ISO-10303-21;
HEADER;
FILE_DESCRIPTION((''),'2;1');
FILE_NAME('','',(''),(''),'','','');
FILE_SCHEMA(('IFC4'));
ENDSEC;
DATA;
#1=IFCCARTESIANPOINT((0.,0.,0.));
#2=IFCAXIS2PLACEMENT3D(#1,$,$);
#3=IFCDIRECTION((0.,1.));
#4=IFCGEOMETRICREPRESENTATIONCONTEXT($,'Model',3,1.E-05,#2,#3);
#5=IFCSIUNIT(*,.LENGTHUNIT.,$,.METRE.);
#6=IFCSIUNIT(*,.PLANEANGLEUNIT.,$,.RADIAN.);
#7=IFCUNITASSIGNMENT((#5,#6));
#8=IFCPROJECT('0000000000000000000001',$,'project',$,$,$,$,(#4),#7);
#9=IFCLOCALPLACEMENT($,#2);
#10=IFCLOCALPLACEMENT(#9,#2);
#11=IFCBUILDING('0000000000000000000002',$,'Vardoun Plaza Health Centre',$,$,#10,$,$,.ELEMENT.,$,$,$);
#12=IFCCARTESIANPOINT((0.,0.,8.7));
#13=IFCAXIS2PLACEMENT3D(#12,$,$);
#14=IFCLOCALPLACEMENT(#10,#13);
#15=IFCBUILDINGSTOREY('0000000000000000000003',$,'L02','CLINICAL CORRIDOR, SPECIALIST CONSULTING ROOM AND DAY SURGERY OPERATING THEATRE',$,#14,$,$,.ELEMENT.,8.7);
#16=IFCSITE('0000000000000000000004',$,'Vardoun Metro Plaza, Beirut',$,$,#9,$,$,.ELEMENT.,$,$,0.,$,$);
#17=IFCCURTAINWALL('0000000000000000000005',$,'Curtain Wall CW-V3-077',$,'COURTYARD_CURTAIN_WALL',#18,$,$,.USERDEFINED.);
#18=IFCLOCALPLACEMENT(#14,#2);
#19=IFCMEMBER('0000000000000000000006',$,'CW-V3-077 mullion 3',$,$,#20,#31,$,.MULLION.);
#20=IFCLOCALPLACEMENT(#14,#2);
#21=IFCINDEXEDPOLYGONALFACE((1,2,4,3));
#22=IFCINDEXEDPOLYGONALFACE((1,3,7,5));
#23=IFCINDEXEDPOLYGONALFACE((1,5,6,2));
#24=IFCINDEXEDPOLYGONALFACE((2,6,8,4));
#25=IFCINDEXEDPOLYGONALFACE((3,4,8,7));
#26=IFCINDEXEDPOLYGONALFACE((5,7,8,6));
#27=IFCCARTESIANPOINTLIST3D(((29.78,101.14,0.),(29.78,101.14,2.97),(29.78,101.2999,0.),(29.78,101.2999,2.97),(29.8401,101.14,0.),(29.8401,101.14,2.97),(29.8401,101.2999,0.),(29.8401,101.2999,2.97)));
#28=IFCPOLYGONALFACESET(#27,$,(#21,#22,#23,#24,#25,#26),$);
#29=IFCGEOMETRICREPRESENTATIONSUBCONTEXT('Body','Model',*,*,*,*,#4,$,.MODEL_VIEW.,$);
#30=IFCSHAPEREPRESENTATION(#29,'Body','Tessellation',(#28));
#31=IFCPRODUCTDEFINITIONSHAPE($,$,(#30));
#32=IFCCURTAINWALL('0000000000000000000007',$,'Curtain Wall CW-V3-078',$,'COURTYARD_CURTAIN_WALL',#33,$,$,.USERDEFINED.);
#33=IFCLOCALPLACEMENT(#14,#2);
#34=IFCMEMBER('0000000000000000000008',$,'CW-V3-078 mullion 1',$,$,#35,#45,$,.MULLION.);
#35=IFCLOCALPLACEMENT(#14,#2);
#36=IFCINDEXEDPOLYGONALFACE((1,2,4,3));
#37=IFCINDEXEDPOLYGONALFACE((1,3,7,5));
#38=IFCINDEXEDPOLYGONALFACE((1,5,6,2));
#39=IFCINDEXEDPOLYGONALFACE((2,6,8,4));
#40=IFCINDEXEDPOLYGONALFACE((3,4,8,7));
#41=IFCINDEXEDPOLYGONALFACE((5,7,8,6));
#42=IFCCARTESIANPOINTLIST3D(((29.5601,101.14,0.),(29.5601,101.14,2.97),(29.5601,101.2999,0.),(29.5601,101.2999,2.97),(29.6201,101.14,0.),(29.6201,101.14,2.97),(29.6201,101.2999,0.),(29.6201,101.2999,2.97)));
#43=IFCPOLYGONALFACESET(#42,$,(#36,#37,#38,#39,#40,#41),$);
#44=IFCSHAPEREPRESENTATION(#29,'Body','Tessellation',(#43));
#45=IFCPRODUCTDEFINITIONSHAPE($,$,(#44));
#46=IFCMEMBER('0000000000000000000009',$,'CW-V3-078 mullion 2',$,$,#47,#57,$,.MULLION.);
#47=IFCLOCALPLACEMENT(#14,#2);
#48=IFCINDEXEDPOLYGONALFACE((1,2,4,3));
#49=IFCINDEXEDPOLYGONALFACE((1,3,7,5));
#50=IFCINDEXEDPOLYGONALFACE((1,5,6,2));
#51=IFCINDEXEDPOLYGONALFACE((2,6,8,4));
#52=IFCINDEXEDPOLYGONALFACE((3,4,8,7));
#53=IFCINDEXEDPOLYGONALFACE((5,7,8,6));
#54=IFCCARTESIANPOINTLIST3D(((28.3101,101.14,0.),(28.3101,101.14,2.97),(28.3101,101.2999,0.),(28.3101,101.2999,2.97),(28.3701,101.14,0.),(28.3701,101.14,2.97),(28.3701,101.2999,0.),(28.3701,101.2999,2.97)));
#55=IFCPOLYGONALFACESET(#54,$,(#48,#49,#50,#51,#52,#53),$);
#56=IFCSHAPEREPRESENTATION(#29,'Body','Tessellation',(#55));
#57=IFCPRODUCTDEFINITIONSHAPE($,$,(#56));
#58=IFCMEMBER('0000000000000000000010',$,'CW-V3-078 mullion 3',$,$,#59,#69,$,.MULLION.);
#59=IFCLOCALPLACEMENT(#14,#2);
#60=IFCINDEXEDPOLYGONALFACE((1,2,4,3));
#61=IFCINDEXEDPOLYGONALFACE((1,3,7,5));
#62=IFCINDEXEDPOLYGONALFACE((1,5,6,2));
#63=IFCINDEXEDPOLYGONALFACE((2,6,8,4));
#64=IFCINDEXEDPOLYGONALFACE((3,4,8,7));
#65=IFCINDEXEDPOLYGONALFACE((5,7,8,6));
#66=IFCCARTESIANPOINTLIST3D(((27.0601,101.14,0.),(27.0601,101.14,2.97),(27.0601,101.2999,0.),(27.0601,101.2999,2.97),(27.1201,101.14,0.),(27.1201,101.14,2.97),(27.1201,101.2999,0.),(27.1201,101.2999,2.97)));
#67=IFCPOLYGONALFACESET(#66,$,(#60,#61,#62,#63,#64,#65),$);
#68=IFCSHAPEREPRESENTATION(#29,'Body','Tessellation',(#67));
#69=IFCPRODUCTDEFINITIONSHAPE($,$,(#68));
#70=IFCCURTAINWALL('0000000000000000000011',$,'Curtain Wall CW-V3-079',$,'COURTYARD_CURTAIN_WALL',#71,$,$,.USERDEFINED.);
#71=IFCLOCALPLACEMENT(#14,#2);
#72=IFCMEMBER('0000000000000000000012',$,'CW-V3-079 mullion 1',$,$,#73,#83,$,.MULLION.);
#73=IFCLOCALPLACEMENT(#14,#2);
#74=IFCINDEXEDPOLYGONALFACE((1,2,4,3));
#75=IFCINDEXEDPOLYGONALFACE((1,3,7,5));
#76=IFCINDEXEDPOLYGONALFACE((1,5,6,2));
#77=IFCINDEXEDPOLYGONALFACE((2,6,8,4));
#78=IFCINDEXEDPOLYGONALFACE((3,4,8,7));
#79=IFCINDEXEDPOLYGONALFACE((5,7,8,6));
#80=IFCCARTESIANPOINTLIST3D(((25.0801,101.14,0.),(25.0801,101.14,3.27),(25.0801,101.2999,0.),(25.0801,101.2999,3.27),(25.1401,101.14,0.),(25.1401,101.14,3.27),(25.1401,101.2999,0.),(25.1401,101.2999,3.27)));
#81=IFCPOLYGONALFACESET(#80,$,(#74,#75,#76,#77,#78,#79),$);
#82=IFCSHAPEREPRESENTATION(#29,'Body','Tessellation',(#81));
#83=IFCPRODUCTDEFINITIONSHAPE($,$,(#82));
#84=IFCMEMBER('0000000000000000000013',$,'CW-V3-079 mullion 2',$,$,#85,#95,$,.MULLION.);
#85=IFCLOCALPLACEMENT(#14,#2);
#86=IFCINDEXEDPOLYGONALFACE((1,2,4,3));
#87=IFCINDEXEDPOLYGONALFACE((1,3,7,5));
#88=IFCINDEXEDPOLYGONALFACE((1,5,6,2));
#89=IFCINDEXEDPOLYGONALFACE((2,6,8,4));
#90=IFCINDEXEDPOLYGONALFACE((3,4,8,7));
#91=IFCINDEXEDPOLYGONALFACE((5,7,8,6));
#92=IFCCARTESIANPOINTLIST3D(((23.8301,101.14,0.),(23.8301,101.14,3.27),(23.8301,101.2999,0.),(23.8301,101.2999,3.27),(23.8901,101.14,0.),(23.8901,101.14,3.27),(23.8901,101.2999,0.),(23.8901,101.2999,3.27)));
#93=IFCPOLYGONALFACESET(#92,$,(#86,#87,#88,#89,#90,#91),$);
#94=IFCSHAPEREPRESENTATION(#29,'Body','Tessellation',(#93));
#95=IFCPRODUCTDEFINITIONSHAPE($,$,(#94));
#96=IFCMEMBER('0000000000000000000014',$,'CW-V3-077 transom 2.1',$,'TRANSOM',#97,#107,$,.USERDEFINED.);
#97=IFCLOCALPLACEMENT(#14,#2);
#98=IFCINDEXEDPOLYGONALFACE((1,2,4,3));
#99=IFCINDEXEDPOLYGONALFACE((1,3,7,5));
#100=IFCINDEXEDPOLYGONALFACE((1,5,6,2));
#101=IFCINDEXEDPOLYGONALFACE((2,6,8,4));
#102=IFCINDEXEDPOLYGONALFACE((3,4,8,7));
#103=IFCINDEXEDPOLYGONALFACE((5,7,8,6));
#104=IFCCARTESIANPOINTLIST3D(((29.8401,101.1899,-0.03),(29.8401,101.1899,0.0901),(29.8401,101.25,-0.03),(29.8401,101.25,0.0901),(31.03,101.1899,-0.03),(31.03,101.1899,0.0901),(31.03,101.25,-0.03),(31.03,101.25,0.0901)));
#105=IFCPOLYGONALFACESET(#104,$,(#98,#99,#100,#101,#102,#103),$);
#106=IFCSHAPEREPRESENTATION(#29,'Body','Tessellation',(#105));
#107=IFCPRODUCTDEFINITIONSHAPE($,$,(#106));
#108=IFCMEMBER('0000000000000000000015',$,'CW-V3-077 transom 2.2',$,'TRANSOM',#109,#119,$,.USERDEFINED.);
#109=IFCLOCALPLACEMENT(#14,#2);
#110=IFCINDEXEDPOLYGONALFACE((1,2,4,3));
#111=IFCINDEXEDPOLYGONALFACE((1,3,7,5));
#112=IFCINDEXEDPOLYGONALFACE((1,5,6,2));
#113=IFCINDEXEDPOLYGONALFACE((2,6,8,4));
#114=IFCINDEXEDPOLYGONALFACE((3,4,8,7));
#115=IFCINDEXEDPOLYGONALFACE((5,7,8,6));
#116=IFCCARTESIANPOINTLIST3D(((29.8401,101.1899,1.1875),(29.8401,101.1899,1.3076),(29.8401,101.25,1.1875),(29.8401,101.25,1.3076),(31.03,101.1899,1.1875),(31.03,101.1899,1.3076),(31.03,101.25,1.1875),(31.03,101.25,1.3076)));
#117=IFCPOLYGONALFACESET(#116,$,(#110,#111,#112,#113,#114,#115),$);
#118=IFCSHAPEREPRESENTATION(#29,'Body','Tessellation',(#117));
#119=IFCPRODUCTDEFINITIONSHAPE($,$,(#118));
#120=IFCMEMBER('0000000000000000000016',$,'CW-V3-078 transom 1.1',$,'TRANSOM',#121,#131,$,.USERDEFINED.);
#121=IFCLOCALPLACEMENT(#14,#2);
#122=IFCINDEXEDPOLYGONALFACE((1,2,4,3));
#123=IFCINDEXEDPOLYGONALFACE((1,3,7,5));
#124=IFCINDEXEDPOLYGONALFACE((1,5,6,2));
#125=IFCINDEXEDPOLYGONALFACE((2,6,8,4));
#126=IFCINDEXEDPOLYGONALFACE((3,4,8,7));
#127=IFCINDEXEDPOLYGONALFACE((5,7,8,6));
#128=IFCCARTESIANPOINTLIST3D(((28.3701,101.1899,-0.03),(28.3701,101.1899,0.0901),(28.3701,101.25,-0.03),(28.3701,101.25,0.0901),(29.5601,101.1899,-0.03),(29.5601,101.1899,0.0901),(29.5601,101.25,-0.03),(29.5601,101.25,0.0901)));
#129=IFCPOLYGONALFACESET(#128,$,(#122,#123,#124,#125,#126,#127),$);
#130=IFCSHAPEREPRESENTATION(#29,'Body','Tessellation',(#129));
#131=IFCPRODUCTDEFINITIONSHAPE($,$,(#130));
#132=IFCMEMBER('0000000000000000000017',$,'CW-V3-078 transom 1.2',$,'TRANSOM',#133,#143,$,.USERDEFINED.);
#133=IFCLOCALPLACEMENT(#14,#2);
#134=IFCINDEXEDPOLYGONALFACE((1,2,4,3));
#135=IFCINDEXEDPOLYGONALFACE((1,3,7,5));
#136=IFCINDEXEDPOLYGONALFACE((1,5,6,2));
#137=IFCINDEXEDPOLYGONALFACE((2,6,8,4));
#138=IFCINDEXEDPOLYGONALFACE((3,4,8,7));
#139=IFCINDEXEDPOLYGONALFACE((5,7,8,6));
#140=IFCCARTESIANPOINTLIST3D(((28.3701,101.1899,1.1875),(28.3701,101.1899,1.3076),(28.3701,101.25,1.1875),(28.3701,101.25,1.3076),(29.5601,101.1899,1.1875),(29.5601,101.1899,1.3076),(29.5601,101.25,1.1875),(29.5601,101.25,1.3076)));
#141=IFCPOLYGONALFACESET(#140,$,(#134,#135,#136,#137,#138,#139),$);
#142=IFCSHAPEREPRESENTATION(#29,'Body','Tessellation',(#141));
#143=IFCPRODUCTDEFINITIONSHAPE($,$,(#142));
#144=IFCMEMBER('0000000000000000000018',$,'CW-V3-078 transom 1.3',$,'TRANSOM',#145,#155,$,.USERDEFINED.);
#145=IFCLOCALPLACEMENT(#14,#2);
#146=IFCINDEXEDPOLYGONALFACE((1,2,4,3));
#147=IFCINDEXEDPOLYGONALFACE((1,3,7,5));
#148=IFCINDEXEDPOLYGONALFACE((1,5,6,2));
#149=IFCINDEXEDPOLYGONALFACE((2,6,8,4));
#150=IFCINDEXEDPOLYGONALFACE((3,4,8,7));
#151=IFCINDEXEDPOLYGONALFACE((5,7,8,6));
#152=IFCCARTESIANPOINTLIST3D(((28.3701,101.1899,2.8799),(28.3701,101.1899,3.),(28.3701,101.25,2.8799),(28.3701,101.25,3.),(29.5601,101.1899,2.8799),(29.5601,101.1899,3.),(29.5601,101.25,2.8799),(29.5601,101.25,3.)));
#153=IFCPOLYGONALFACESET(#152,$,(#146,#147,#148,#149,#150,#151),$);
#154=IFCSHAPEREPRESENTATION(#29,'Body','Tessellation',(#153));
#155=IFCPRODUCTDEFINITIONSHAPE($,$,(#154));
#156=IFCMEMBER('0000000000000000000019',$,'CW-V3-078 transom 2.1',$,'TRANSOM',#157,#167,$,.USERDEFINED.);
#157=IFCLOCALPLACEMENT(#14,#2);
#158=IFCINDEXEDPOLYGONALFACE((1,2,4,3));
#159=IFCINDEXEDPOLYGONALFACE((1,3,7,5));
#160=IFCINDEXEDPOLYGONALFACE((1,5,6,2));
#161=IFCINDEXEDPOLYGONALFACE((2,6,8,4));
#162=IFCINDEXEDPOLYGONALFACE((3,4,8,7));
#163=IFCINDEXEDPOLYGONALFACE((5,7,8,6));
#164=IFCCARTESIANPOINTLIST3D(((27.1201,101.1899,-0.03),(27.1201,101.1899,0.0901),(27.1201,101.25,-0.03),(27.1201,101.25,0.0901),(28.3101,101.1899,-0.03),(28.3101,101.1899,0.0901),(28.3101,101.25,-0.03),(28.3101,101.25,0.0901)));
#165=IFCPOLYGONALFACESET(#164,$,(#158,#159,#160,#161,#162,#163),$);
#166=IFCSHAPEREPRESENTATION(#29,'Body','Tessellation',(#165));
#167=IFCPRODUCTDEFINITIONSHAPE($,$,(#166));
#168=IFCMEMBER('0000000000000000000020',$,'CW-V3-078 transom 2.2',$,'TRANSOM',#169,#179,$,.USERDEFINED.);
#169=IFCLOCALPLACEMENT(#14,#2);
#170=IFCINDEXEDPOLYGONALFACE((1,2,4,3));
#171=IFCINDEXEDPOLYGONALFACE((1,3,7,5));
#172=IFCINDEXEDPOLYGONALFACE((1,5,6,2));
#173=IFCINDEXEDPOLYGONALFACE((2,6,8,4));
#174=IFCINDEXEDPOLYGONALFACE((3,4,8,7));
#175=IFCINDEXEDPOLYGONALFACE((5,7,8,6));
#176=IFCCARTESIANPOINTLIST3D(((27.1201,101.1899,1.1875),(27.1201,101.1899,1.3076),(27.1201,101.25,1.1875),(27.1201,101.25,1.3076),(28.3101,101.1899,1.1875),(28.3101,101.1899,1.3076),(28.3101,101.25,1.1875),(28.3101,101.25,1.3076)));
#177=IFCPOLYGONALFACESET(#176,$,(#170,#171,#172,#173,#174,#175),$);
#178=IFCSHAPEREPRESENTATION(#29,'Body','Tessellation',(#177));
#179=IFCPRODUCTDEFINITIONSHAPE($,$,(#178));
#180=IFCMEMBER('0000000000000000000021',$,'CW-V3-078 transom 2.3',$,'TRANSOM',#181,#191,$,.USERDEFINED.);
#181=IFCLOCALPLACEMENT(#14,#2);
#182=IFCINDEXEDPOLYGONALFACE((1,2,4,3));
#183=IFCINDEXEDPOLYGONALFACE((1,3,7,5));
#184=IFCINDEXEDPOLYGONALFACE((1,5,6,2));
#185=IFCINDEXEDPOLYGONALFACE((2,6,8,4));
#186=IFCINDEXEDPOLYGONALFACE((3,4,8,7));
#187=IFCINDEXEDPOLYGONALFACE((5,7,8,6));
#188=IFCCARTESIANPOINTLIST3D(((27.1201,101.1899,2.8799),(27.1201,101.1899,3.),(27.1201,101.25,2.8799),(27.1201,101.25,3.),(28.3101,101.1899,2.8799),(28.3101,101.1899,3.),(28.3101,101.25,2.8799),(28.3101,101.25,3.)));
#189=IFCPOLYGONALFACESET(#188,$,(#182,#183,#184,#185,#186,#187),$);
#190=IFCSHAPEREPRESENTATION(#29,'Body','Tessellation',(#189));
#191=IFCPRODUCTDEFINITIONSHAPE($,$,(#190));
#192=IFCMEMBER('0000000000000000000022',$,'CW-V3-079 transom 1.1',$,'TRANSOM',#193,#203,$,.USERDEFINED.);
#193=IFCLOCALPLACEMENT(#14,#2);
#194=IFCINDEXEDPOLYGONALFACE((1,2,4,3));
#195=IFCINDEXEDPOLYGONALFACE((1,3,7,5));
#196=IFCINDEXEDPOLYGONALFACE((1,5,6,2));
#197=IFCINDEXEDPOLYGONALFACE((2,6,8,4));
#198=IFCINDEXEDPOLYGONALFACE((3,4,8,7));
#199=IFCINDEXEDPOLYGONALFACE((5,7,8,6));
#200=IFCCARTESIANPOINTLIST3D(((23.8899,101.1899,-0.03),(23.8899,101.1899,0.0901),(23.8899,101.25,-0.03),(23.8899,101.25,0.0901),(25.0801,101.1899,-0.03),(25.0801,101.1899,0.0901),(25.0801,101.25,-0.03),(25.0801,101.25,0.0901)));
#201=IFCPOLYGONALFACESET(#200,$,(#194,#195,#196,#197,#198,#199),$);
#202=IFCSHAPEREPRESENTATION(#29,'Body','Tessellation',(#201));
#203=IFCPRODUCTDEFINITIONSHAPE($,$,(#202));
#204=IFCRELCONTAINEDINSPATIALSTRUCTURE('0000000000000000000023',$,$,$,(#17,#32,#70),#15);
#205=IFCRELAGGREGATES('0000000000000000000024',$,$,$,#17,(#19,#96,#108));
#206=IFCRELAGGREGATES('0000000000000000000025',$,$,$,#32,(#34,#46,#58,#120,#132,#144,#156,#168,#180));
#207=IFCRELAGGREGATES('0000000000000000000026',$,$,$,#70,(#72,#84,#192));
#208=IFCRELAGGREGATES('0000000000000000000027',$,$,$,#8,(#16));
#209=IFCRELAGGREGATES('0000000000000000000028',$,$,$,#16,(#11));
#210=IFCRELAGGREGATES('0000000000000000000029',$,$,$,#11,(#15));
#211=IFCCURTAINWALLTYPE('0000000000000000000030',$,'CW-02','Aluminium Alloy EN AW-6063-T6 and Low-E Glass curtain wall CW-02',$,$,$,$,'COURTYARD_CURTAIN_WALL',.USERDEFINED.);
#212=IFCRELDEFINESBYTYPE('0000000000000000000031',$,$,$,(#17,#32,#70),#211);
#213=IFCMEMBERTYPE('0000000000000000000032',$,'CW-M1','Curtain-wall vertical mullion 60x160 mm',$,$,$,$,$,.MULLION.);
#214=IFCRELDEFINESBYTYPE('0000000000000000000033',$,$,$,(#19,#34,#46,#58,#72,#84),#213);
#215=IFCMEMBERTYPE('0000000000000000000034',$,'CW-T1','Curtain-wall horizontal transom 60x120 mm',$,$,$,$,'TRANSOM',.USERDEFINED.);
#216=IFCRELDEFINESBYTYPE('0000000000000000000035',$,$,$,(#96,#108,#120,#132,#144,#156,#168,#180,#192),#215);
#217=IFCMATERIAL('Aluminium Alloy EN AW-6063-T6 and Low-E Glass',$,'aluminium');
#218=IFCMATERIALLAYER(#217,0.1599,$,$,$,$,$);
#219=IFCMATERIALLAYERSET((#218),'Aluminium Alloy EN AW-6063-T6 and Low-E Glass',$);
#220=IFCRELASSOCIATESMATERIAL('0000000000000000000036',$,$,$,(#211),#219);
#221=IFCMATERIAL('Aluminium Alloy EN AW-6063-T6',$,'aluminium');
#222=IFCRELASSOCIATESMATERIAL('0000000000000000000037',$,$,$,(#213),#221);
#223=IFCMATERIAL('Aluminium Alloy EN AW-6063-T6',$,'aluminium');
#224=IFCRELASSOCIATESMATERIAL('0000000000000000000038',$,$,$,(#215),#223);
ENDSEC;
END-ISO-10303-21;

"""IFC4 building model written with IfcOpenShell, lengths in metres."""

from ifc_helpers import new_model, si_unit, direction, frame, origin, origin_2d, place, context, subcontext, project, spatial, rectangle, extrude, material, layer, layer_set, material_profile, profile_set, type_object, element, aggregate, save


model = new_model("IFC4")

# Units and contexts
model_context = context("Model", 3, precision=1e-05, world=origin(), true_north=direction((0.0, 1.0)))
body_context = subcontext(model_context, "Body", "Model", "MODEL_VIEW")
ifc_project = project(units=[si_unit("LENGTHUNIT", "METRE"), si_unit("PLANEANGLEUNIT", "RADIAN")], contexts=[model_context])

# Site, building, storey
site_placement = place(None, origin())
site = spatial("IfcSite", under=ifc_project, at=site_placement, Name="Vardoun Metro Plaza, Beirut", CompositionType="ELEMENT", RefElevation=0.0)
building_placement = place(site_placement, origin())
building = spatial("IfcBuilding", under=site, at=building_placement, Name="Vardoun Plaza Health Centre", CompositionType="ELEMENT")
storey_placement = place(building_placement, frame((0.0, 0.0, 8.7)))
storey = spatial("IfcBuildingStorey", under=building, at=storey_placement, Name="L02", Description="CLINICAL CORRIDOR, SPECIALIST CONSULTING ROOM AND DAY SURGERY OPERATING THEATRE", CompositionType="ELEMENT", Elevation=8.7)

# Curtain wall, member
ifc_material_1 = material(Name="Aluminium Alloy EN AW-6063-T6 and Low-E Glass", Category="aluminium")
ifc_layer_1 = layer(ifc_material_1, 0.1599)
ifc_layer_set_1 = layer_set([ifc_layer_1], Name="Aluminium Alloy EN AW-6063-T6 and Low-E Glass")
curtain_wall_type = type_object("IfcCurtainWallType", Name="CW-02", Description="Aluminium Alloy EN AW-6063-T6 and Low-E Glass curtain wall CW-02", ElementType="COURTYARD_CURTAIN_WALL", PredefinedType="USERDEFINED", material=ifc_layer_set_1)
curtain_wall_1_placement = place(storey_placement, origin())
curtain_wall_1 = element("IfcCurtainWall", 1, at=curtain_wall_1_placement, inside=storey, type_object=curtain_wall_type, Name="Curtain Wall CW-V3-077", ObjectType="COURTYARD_CURTAIN_WALL", PredefinedType="USERDEFINED")
ifc_material_2 = material(Name="Aluminium Alloy EN AW-6063-T6", Category="aluminium")
ifc_material_profile_1 = material_profile(ifc_material_2, rectangle(XDim=0.1599, YDim=0.0601, at=origin_2d()), Name="CWM 60x160")
ifc_profile_set_1 = profile_set([ifc_material_profile_1], Name="Aluminium Alloy EN AW-6063-T6")
member_type_1 = type_object("IfcMemberType", Name="CW-M1", Description="Curtain-wall vertical mullion 60x160 mm", PredefinedType="MULLION", material=ifc_profile_set_1)
member_1_placement = place(storey_placement, frame((29.8101, 101.22, 0.0), z_axis=(0.0, 0.0, 1.0), x_axis=(0.0, -1.0, 0.0)))
member_1 = element("IfcMember", 2, at=member_1_placement, type_object=member_type_1, Name="CW-V3-077 mullion 3", PredefinedType="MULLION", context=body_context, shape_type="SweptSolid", body=[
    extrude(rectangle(XDim=0.1599, YDim=0.0601, at=origin_2d()), origin(), (0.0, 0.0, 1.0), 2.97),
])

# Curtain walls, members
curtain_wall_2_placement = place(storey_placement, origin())
curtain_wall_2 = element("IfcCurtainWall", 3, at=curtain_wall_2_placement, inside=storey, type_object=curtain_wall_type, Name="Curtain Wall CW-V3-078", ObjectType="COURTYARD_CURTAIN_WALL", PredefinedType="USERDEFINED")
member_2_placement = place(storey_placement, frame((29.5901, 101.22, 0.0), z_axis=(0.0, 0.0, 1.0), x_axis=(0.0, -1.0, 0.0)))
member_2 = element("IfcMember", 4, at=member_2_placement, type_object=member_type_1, Name="CW-V3-078 mullion 1", PredefinedType="MULLION", context=body_context, shape_type="SweptSolid", body=[
    extrude(rectangle(XDim=0.1599, YDim=0.0601, at=origin_2d()), origin(), (0.0, 0.0, 1.0), 2.97),
])
member_3_placement = place(storey_placement, frame((28.3401, 101.22, 0.0), z_axis=(0.0, 0.0, 1.0), x_axis=(0.0, -1.0, 0.0)))
member_3 = element("IfcMember", 5, at=member_3_placement, type_object=member_type_1, Name="CW-V3-078 mullion 2", PredefinedType="MULLION", context=body_context, shape_type="SweptSolid", body=[
    extrude(rectangle(XDim=0.1599, YDim=0.0601, at=origin_2d()), origin(), (0.0, 0.0, 1.0), 2.97),
])
member_4_placement = place(storey_placement, frame((27.0901, 101.22, 0.0), z_axis=(0.0, 0.0, 1.0), x_axis=(0.0, -1.0, 0.0)))
member_4 = element("IfcMember", 6, at=member_4_placement, type_object=member_type_1, Name="CW-V3-078 mullion 3", PredefinedType="MULLION", context=body_context, shape_type="SweptSolid", body=[
    extrude(rectangle(XDim=0.1599, YDim=0.0601, at=origin_2d()), origin(), (0.0, 0.0, 1.0), 2.97),
])
curtain_wall_3_placement = place(storey_placement, origin())
curtain_wall_3 = element("IfcCurtainWall", 7, at=curtain_wall_3_placement, inside=storey, type_object=curtain_wall_type, Name="Curtain Wall CW-V3-079", ObjectType="COURTYARD_CURTAIN_WALL", PredefinedType="USERDEFINED")
member_5_placement = place(storey_placement, frame((25.1101, 101.22, 0.0), z_axis=(0.0, 0.0, 1.0), x_axis=(0.0, -1.0, 0.0)))
member_5 = element("IfcMember", 8, at=member_5_placement, type_object=member_type_1, Name="CW-V3-079 mullion 1", PredefinedType="MULLION", context=body_context, shape_type="SweptSolid", body=[
    extrude(rectangle(XDim=0.1599, YDim=0.0601, at=origin_2d()), origin(), (0.0, 0.0, 1.0), 3.27),
])
member_6_placement = place(storey_placement, frame((23.8601, 101.22, 0.0), z_axis=(0.0, 0.0, 1.0), x_axis=(0.0, -1.0, 0.0)))
member_6 = element("IfcMember", 9, at=member_6_placement, type_object=member_type_1, Name="CW-V3-079 mullion 2", PredefinedType="MULLION", context=body_context, shape_type="SweptSolid", body=[
    extrude(rectangle(XDim=0.1599, YDim=0.0601, at=origin_2d()), origin(), (0.0, 0.0, 1.0), 3.27),
])

# Members
ifc_material_3 = material(Name="Aluminium Alloy EN AW-6063-T6", Category="aluminium")
ifc_material_profile_2 = material_profile(ifc_material_3, rectangle(XDim=0.0601, YDim=0.1201, at=origin_2d()), Name="CWT 60x120")
ifc_profile_set_2 = profile_set([ifc_material_profile_2], Name="Aluminium Alloy EN AW-6063-T6")
member_type_2 = type_object("IfcMemberType", Name="CW-T1", Description="Curtain-wall horizontal transom 60x120 mm", ElementType="TRANSOM", PredefinedType="USERDEFINED", material=ifc_profile_set_2)
member_7_placement = place(storey_placement, frame((31.03, 101.22, 0.03), z_axis=(-1.0, 0.0, 0.0), x_axis=(0.0, -1.0, 0.0)))
member_7 = element("IfcMember", 10, at=member_7_placement, type_object=member_type_2, Name="CW-V3-077 transom 2.1", ObjectType="TRANSOM", PredefinedType="USERDEFINED", context=body_context, shape_type="SweptSolid", body=[
    extrude(rectangle(XDim=0.0601, YDim=0.1201, at=origin_2d()), origin(), (0.0, 0.0, 1.0), 1.1899),
])
member_8_placement = place(storey_placement, frame((31.03, 101.22, 1.2476), z_axis=(-1.0, 0.0, 0.0), x_axis=(0.0, -1.0, 0.0)))
member_8 = element("IfcMember", 11, at=member_8_placement, type_object=member_type_2, Name="CW-V3-077 transom 2.2", ObjectType="TRANSOM", PredefinedType="USERDEFINED", context=body_context, shape_type="SweptSolid", body=[
    extrude(rectangle(XDim=0.0601, YDim=0.1201, at=origin_2d()), origin(), (0.0, 0.0, 1.0), 1.1899),
])
member_9_placement = place(storey_placement, frame((29.5601, 101.22, 0.03), z_axis=(-1.0, 0.0, 0.0), x_axis=(0.0, -1.0, 0.0)))
member_9 = element("IfcMember", 12, at=member_9_placement, type_object=member_type_2, Name="CW-V3-078 transom 1.1", ObjectType="TRANSOM", PredefinedType="USERDEFINED", context=body_context, shape_type="SweptSolid", body=[
    extrude(rectangle(XDim=0.0601, YDim=0.1201, at=origin_2d()), origin(), (0.0, 0.0, 1.0), 1.1899),
])
member_10_placement = place(storey_placement, frame((29.5601, 101.22, 1.2476), z_axis=(-1.0, 0.0, 0.0), x_axis=(0.0, -1.0, 0.0)))
member_10 = element("IfcMember", 13, at=member_10_placement, type_object=member_type_2, Name="CW-V3-078 transom 1.2", ObjectType="TRANSOM", PredefinedType="USERDEFINED", context=body_context, shape_type="SweptSolid", body=[
    extrude(rectangle(XDim=0.0601, YDim=0.1201, at=origin_2d()), origin(), (0.0, 0.0, 1.0), 1.1899),
])
member_11_placement = place(storey_placement, frame((29.5601, 101.22, 2.9399), z_axis=(-1.0, 0.0, 0.0), x_axis=(0.0, -1.0, 0.0)))
member_11 = element("IfcMember", 14, at=member_11_placement, type_object=member_type_2, Name="CW-V3-078 transom 1.3", ObjectType="TRANSOM", PredefinedType="USERDEFINED", context=body_context, shape_type="SweptSolid", body=[
    extrude(rectangle(XDim=0.0601, YDim=0.1201, at=origin_2d()), origin(), (0.0, 0.0, 1.0), 1.1899),
])
member_12_placement = place(storey_placement, frame((28.3101, 101.22, 0.03), z_axis=(-1.0, 0.0, 0.0), x_axis=(0.0, -1.0, 0.0)))
member_12 = element("IfcMember", 15, at=member_12_placement, type_object=member_type_2, Name="CW-V3-078 transom 2.1", ObjectType="TRANSOM", PredefinedType="USERDEFINED", context=body_context, shape_type="SweptSolid", body=[
    extrude(rectangle(XDim=0.0601, YDim=0.1201, at=origin_2d()), origin(), (0.0, 0.0, 1.0), 1.1899),
])
member_13_placement = place(storey_placement, frame((28.3101, 101.22, 1.2476), z_axis=(-1.0, 0.0, 0.0), x_axis=(0.0, -1.0, 0.0)))
member_13 = element("IfcMember", 16, at=member_13_placement, type_object=member_type_2, Name="CW-V3-078 transom 2.2", ObjectType="TRANSOM", PredefinedType="USERDEFINED", context=body_context, shape_type="SweptSolid", body=[
    extrude(rectangle(XDim=0.0601, YDim=0.1201, at=origin_2d()), origin(), (0.0, 0.0, 1.0), 1.1899),
])
member_14_placement = place(storey_placement, frame((28.3101, 101.22, 2.9399), z_axis=(-1.0, 0.0, 0.0), x_axis=(0.0, -1.0, 0.0)))
member_14 = element("IfcMember", 17, at=member_14_placement, type_object=member_type_2, Name="CW-V3-078 transom 2.3", ObjectType="TRANSOM", PredefinedType="USERDEFINED", context=body_context, shape_type="SweptSolid", body=[
    extrude(rectangle(XDim=0.0601, YDim=0.1201, at=origin_2d()), origin(), (0.0, 0.0, 1.0), 1.1899),
])
member_15_placement = place(storey_placement, frame((25.0801, 101.22, 0.03), z_axis=(-1.0, 0.0, 0.0), x_axis=(0.0, -1.0, 0.0)))
member_15 = element("IfcMember", 18, at=member_15_placement, type_object=member_type_2, Name="CW-V3-079 transom 1.1", ObjectType="TRANSOM", PredefinedType="USERDEFINED", context=body_context, shape_type="SweptSolid", body=[
    extrude(rectangle(XDim=0.0601, YDim=0.1201, at=origin_2d()), origin(), (0.0, 0.0, 1.0), 1.1902),
])

aggregate(curtain_wall_1, [member_1, member_7, member_8])
aggregate(curtain_wall_2, [member_2, member_3, member_4, member_9, member_10, member_11, member_12, member_13, member_14])
aggregate(curtain_wall_3, [member_5, member_6, member_15])

save(model, "model.ifc")
